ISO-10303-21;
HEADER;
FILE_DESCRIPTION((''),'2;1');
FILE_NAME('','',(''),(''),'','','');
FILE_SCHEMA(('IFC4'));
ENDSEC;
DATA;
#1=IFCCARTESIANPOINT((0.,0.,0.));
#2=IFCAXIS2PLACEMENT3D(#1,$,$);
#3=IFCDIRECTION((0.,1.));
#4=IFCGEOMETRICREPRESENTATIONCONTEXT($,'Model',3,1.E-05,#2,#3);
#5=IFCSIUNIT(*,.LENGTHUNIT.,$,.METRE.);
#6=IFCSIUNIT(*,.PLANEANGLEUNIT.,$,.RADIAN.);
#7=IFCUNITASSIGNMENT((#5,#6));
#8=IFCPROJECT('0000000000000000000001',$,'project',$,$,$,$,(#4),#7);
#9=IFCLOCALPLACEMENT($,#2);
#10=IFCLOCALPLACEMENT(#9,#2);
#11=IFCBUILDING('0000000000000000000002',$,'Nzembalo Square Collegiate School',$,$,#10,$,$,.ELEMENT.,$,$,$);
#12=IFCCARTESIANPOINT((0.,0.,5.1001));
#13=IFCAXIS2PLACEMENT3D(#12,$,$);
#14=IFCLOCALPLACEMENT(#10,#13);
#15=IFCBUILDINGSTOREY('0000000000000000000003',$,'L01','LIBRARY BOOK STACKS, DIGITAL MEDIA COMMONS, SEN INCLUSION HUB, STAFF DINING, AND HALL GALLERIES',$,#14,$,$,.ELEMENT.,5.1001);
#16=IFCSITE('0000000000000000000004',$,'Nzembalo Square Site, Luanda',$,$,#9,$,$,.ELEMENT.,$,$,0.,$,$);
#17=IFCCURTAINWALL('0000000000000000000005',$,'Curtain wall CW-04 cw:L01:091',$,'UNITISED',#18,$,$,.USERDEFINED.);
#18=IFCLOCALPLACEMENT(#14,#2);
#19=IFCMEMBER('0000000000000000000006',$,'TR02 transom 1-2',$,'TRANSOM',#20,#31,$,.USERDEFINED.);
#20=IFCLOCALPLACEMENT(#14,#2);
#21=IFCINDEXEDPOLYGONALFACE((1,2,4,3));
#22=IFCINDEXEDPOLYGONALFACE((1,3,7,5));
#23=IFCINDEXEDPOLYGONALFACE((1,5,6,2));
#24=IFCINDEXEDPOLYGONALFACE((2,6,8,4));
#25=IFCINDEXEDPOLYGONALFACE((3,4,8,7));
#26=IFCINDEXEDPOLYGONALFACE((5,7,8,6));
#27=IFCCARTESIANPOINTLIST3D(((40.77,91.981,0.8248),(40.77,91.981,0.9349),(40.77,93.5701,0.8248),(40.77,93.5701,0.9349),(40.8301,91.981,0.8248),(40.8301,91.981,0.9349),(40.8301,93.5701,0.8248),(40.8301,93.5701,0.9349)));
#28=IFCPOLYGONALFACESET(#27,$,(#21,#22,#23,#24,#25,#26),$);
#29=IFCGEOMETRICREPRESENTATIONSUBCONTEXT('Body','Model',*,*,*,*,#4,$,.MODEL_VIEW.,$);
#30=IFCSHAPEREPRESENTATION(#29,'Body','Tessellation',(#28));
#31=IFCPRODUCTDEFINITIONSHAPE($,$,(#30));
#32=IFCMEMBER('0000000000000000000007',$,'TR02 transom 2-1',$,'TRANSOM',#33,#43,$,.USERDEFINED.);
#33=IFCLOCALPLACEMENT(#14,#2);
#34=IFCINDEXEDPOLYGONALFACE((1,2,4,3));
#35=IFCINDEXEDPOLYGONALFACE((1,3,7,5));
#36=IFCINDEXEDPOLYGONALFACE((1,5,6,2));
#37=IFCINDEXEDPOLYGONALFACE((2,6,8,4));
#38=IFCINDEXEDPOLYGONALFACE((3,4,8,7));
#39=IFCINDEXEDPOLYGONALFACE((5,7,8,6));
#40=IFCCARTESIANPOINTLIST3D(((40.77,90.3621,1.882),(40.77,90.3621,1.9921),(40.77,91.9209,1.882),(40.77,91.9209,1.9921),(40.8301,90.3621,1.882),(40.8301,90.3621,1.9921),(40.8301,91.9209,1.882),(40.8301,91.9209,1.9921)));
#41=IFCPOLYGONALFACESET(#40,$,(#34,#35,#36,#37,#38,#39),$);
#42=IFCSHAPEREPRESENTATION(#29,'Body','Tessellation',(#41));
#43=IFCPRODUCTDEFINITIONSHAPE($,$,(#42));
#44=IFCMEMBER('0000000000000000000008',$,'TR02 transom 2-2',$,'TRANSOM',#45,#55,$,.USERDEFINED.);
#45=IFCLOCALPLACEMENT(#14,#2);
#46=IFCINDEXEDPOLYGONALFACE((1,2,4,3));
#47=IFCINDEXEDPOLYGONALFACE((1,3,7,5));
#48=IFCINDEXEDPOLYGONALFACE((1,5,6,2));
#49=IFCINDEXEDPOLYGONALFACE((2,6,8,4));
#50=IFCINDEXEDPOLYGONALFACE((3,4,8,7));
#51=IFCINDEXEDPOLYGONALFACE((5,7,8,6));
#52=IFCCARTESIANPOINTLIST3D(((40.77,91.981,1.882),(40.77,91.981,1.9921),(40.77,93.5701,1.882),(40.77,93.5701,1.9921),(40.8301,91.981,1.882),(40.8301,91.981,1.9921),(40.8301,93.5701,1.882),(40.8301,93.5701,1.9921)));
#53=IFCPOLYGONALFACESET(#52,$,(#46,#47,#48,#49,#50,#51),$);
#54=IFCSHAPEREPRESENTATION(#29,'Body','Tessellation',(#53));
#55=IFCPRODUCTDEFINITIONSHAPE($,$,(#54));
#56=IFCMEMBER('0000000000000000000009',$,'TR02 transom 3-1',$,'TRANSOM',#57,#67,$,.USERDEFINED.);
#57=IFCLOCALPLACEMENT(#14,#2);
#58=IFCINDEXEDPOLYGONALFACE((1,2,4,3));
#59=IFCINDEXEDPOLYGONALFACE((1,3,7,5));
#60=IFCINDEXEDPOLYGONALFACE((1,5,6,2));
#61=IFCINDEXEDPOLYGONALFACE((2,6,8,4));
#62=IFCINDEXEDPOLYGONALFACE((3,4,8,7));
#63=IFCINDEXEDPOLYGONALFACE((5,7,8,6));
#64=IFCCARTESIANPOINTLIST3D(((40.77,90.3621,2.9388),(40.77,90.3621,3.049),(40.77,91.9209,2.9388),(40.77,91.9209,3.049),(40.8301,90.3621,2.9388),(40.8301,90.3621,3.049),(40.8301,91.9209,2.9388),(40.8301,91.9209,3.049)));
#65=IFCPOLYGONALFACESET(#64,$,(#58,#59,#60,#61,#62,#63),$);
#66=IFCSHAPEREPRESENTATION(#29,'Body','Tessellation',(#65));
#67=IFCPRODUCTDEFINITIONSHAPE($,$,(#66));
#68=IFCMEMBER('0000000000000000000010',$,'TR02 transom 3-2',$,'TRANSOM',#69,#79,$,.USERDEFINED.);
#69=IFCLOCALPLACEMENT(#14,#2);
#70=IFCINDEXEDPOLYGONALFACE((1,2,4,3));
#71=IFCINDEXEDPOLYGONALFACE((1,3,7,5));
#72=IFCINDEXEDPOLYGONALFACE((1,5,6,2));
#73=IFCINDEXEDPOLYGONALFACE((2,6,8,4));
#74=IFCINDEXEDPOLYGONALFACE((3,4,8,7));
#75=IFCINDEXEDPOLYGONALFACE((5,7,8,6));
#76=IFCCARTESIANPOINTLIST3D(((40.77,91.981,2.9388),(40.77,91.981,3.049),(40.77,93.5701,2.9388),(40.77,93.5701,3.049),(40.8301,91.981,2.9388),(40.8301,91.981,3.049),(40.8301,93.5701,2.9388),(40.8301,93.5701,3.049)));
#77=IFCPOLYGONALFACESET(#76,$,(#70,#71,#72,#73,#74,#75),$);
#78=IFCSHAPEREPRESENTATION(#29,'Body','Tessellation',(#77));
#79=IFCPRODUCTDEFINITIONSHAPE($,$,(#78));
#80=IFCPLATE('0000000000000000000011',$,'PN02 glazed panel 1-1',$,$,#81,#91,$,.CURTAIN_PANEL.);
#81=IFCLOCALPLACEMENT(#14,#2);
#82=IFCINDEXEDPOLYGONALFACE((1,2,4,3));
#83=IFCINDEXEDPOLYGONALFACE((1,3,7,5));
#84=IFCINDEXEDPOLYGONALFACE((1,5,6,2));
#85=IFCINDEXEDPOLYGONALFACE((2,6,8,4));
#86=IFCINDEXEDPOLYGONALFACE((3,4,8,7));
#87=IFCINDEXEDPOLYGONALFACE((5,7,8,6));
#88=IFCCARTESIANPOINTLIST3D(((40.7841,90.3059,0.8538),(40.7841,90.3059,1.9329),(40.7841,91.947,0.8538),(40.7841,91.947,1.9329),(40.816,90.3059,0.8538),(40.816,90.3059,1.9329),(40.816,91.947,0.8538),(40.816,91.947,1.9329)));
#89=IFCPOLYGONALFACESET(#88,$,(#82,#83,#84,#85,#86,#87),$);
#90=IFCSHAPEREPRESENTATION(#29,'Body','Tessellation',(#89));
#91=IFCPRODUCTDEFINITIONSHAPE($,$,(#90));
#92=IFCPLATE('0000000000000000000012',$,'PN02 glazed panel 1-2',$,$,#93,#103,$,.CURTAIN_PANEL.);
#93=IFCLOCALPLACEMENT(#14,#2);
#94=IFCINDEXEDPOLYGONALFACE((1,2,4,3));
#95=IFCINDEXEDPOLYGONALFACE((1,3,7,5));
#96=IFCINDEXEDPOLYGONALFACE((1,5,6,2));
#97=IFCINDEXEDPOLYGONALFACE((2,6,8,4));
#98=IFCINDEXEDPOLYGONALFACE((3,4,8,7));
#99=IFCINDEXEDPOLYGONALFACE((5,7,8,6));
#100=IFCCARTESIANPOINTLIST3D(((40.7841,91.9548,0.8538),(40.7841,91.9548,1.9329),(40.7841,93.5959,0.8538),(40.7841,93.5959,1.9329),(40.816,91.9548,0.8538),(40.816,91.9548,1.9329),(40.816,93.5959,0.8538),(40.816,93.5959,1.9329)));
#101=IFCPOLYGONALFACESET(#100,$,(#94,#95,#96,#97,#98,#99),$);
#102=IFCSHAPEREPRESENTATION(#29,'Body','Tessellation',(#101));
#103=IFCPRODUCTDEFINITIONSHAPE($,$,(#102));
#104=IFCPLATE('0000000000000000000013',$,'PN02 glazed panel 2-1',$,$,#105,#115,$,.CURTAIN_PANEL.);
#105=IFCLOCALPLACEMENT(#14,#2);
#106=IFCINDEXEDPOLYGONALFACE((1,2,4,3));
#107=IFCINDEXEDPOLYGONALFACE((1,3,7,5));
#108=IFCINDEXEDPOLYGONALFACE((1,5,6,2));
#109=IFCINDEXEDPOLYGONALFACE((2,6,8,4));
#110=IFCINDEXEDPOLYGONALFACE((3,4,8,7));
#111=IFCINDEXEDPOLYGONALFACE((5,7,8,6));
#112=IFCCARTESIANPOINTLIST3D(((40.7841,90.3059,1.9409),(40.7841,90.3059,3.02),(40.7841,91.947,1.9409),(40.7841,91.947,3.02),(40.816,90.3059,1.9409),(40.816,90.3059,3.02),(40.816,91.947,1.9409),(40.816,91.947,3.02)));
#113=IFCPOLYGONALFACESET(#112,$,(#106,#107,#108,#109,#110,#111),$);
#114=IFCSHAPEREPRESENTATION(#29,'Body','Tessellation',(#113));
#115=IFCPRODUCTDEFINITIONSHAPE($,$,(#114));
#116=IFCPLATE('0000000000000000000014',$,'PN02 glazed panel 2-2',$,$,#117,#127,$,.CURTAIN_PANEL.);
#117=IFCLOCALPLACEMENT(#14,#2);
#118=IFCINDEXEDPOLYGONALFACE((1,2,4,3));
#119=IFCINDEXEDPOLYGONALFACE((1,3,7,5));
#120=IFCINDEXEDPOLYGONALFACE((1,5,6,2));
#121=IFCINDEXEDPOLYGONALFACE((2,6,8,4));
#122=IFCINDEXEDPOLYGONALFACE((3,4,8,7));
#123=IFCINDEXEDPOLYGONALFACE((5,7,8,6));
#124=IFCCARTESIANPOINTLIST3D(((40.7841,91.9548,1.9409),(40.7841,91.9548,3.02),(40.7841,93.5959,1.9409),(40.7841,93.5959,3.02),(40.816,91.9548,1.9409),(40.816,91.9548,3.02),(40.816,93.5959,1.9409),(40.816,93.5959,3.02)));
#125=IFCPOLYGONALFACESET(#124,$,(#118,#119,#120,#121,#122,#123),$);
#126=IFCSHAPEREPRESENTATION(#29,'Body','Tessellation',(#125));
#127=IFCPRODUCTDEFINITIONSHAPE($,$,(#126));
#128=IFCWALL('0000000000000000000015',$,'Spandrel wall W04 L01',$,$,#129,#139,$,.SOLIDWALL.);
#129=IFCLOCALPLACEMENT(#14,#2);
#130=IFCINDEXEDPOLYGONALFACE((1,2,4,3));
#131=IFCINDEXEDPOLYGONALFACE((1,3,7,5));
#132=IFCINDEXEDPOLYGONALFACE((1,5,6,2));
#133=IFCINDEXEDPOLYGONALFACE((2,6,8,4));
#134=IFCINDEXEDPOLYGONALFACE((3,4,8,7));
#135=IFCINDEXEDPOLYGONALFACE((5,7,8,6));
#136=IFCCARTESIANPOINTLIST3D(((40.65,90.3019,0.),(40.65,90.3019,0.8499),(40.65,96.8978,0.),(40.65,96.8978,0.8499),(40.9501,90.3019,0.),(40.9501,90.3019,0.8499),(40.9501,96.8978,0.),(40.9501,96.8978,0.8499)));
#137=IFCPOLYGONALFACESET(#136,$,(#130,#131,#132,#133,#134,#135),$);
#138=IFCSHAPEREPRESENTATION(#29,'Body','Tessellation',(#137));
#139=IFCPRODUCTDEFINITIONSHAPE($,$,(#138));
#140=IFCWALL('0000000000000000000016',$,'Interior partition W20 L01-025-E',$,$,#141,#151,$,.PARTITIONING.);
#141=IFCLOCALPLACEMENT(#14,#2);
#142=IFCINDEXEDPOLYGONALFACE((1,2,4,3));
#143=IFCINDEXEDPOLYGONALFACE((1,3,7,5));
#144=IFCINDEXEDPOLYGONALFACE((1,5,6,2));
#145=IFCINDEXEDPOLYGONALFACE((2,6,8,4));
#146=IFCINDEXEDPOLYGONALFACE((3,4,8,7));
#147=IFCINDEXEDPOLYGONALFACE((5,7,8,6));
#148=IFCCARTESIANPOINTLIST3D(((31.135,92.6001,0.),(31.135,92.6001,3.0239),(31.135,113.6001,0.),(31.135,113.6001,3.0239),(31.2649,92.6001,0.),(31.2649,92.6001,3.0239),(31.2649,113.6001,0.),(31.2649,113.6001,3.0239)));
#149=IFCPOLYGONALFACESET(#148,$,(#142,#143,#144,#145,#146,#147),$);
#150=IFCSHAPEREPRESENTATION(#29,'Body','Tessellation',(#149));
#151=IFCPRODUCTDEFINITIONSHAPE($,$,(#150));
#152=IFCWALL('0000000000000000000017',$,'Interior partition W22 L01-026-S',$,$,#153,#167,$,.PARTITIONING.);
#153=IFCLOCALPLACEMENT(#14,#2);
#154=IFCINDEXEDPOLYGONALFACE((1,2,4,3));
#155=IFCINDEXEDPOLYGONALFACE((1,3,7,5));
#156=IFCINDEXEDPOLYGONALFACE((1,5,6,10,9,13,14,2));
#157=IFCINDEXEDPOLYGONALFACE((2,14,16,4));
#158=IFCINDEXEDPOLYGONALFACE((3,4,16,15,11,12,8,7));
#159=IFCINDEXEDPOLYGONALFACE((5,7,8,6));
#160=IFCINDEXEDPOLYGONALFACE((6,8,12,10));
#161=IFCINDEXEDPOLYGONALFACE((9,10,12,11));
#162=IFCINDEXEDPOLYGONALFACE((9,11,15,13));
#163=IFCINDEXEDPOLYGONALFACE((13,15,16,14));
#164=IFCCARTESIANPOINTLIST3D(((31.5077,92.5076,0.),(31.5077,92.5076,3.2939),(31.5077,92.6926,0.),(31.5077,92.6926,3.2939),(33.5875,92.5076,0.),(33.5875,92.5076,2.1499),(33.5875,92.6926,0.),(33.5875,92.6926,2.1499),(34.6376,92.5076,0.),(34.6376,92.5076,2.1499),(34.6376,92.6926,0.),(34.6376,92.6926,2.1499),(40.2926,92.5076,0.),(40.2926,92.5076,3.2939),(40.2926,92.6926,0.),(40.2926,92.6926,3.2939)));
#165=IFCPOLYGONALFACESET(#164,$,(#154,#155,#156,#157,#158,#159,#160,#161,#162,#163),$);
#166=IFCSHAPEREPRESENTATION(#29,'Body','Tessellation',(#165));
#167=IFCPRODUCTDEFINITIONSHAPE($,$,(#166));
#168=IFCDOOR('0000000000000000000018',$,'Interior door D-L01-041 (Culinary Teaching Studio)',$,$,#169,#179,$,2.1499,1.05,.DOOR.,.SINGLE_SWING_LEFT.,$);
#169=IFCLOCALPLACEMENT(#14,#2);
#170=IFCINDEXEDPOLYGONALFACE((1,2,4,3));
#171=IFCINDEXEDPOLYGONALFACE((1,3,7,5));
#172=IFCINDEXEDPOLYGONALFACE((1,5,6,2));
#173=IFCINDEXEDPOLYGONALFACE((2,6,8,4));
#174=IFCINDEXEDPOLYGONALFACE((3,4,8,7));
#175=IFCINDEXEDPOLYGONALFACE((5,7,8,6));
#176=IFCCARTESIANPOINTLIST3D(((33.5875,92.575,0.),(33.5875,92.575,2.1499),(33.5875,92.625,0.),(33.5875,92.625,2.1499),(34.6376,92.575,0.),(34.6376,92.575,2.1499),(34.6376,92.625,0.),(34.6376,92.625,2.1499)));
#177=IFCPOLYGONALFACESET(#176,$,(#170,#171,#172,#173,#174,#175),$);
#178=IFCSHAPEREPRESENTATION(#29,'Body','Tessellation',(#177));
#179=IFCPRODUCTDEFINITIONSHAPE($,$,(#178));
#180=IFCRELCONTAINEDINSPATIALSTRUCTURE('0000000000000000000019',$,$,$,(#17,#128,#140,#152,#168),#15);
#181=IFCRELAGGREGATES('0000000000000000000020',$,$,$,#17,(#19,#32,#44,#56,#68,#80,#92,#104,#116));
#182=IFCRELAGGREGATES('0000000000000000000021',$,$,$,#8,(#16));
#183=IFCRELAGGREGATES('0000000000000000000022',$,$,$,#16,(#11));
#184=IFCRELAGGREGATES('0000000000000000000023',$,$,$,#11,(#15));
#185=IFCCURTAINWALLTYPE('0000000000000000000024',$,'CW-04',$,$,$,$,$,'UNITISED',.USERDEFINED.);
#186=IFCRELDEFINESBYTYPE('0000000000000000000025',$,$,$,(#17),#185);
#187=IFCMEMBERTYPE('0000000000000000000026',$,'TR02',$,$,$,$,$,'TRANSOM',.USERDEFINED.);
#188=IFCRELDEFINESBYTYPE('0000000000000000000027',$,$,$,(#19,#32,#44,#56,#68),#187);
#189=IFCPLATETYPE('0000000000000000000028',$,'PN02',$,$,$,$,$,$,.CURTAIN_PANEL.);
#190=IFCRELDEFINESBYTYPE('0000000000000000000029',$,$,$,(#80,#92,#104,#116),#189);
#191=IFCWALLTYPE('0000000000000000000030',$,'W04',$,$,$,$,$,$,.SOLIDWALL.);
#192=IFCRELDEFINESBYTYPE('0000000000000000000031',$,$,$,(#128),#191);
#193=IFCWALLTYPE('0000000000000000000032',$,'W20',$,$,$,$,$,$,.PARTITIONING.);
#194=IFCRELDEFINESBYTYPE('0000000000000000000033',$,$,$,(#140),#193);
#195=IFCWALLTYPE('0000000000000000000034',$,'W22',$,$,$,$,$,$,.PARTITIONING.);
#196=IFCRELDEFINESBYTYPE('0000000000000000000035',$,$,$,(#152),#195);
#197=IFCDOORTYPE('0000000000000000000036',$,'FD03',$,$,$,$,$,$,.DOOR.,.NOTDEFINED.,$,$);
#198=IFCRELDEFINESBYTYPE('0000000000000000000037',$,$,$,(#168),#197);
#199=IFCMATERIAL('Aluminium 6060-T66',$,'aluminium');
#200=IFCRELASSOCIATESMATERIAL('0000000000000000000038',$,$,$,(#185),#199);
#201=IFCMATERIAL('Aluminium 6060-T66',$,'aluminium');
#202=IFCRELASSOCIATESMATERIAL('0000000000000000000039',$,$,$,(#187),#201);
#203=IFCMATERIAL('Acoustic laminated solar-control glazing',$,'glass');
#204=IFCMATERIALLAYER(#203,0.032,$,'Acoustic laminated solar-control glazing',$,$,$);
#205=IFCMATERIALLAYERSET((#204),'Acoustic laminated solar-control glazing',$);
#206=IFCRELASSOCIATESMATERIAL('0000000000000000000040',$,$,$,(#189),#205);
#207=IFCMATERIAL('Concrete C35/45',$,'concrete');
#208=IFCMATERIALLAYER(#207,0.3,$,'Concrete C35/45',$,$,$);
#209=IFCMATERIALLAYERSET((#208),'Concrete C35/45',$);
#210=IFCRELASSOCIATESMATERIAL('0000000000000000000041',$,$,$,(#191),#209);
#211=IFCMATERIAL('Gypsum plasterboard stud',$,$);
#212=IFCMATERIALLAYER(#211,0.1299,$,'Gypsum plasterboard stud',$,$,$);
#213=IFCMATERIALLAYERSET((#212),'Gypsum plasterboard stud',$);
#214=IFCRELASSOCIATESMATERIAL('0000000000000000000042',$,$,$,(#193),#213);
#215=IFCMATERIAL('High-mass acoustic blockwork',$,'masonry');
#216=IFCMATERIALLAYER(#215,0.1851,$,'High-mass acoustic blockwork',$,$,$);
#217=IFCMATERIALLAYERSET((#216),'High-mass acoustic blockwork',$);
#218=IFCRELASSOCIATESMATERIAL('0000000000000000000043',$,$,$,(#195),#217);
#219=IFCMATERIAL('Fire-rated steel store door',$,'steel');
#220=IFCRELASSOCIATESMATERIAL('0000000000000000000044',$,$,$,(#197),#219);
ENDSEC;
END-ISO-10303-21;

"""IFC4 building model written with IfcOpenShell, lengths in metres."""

from ifc_helpers import new_model, si_unit, direction, frame, frame_2d, origin, origin_2d, place, context, subcontext, project, spatial, rectangle, extrude, material, layer, layer_set, material_profile, profile_set, type_object, element, fill, aggregate, save


model = new_model("IFC4")

# Units and contexts
model_context = context("Model", 3, precision=1e-05, world=origin(), true_north=direction((0.0, 1.0)))
body_context = subcontext(model_context, "Body", "Model", "MODEL_VIEW")
ifc_project = project(units=[si_unit("LENGTHUNIT", "METRE"), si_unit("PLANEANGLEUNIT", "RADIAN")], contexts=[model_context])

# Site, building, storey
site_placement = place(None, origin())
site = spatial("IfcSite", under=ifc_project, at=site_placement, Name="Nzembalo Square Site, Luanda", CompositionType="ELEMENT", RefElevation=0.0)
building_placement = place(site_placement, origin())
building = spatial("IfcBuilding", under=site, at=building_placement, Name="Nzembalo Square Collegiate School", CompositionType="ELEMENT")
storey_placement = place(building_placement, frame((0.0, 0.0, 5.1001)))
storey = spatial("IfcBuildingStorey", under=building, at=storey_placement, Name="L01", Description="LIBRARY BOOK STACKS, DIGITAL MEDIA COMMONS, SEN INCLUSION HUB, STAFF DINING, AND HALL GALLERIES", CompositionType="ELEMENT", Elevation=5.1001)

# Curtain wall, members, plates
ifc_material_1 = material(Name="Aluminium 6060-T66", Category="aluminium")
curtain_wall_type = type_object("IfcCurtainWallType", Name="CW-04", ElementType="UNITISED", PredefinedType="USERDEFINED", material=ifc_material_1)
curtain_wall_placement = place(storey_placement, origin())
curtain_wall = element("IfcCurtainWall", 1, at=curtain_wall_placement, inside=storey, type_object=curtain_wall_type, Name="Curtain wall CW-04 cw:L01:091", ObjectType="UNITISED", PredefinedType="USERDEFINED")
ifc_material_2 = material(Name="Aluminium 6060-T66", Category="aluminium")
ifc_material_profile_1 = material_profile(ifc_material_2, rectangle(XDim=0.0601, YDim=0.1101, at=origin_2d()), Name="ALU T60x110")
ifc_profile_set_1 = profile_set([ifc_material_profile_1], Name="Aluminium 6060-T66")
member_type_1 = type_object("IfcMemberType", Name="TR02", ElementType="TRANSOM", PredefinedType="USERDEFINED", material=ifc_profile_set_1)
member_1_placement = place(storey_placement, frame((40.8, 91.981, 0.8799), z_axis=(0.0, 1.0, 0.0), x_axis=(-1.0, 0.0, 0.0)))
member_1 = element("IfcMember", 2, at=member_1_placement, type_object=member_type_1, Name="TR02 transom 1-2", ObjectType="TRANSOM", PredefinedType="USERDEFINED", context=body_context, shape_type="SweptSolid", body=[
    extrude(rectangle(XDim=0.0601, YDim=0.1101, at=origin_2d()), origin(), (0.0, 0.0, 1.0), 1.5891),
])
member_2_placement = place(storey_placement, frame((40.8, 90.3621, 1.937), z_axis=(0.0, 1.0, 0.0), x_axis=(-1.0, 0.0, 0.0)))
member_2 = element("IfcMember", 3, at=member_2_placement, type_object=member_type_1, Name="TR02 transom 2-1", ObjectType="TRANSOM", PredefinedType="USERDEFINED", context=body_context, shape_type="SweptSolid", body=[
    extrude(rectangle(XDim=0.0601, YDim=0.1101, at=origin_2d()), origin(), (0.0, 0.0, 1.0), 1.5588),
])
member_3_placement = place(storey_placement, frame((40.8, 91.981, 1.937), z_axis=(0.0, 1.0, 0.0), x_axis=(-1.0, 0.0, 0.0)))
member_3 = element("IfcMember", 4, at=member_3_placement, type_object=member_type_1, Name="TR02 transom 2-2", ObjectType="TRANSOM", PredefinedType="USERDEFINED", context=body_context, shape_type="SweptSolid", body=[
    extrude(rectangle(XDim=0.0601, YDim=0.1101, at=origin_2d()), origin(), (0.0, 0.0, 1.0), 1.5891),
])
member_4_placement = place(storey_placement, frame((40.8, 90.3621, 2.9939), z_axis=(0.0, 1.0, 0.0), x_axis=(-1.0, 0.0, 0.0)))
member_4 = element("IfcMember", 5, at=member_4_placement, type_object=member_type_1, Name="TR02 transom 3-1", ObjectType="TRANSOM", PredefinedType="USERDEFINED", context=body_context, shape_type="SweptSolid", body=[
    extrude(rectangle(XDim=0.0601, YDim=0.1101, at=origin_2d()), origin(), (0.0, 0.0, 1.0), 1.5588),
])
member_5_placement = place(storey_placement, frame((40.8, 91.981, 2.9939), z_axis=(0.0, 1.0, 0.0), x_axis=(-1.0, 0.0, 0.0)))
member_5 = element("IfcMember", 6, at=member_5_placement, type_object=member_type_1, Name="TR02 transom 3-2", ObjectType="TRANSOM", PredefinedType="USERDEFINED", context=body_context, shape_type="SweptSolid", body=[
    extrude(rectangle(XDim=0.0601, YDim=0.1101, at=origin_2d()), origin(), (0.0, 0.0, 1.0), 1.5891),
])
ifc_material_3 = material(Name="Acoustic laminated solar-control glazing", Category="glass")
ifc_layer_1 = layer(ifc_material_3, 0.032, Name="Acoustic laminated solar-control glazing")
ifc_layer_set_1 = layer_set([ifc_layer_1], Name="Acoustic laminated solar-control glazing")
plate_type = type_object("IfcPlateType", Name="PN02", PredefinedType="CURTAIN_PANEL", material=ifc_layer_set_1)
plate_1_placement = place(storey_placement, frame((40.8, 91.1265, 0.8538), z_axis=(0.0, 0.0, 1.0), x_axis=(0.0, 1.0, 0.0)))
plate_1 = element("IfcPlate", 7, at=plate_1_placement, type_object=plate_type, Name="PN02 glazed panel 1-1", PredefinedType="CURTAIN_PANEL", context=body_context, shape_type="SweptSolid", body=[
    extrude(rectangle(XDim=1.6411, YDim=0.032, at=origin_2d()), origin(), (0.0, 0.0, 1.0), 1.0791),
])
plate_2_placement = place(storey_placement, frame((40.8, 92.7754, 0.8538), z_axis=(0.0, 0.0, 1.0), x_axis=(0.0, 1.0, 0.0)))
plate_2 = element("IfcPlate", 8, at=plate_2_placement, type_object=plate_type, Name="PN02 glazed panel 1-2", PredefinedType="CURTAIN_PANEL", context=body_context, shape_type="SweptSolid", body=[
    extrude(rectangle(XDim=1.6411, YDim=0.032, at=origin_2d()), origin(), (0.0, 0.0, 1.0), 1.0791),
])
plate_3_placement = place(storey_placement, frame((40.8, 91.1265, 1.9409), z_axis=(0.0, 0.0, 1.0), x_axis=(0.0, 1.0, 0.0)))
plate_3 = element("IfcPlate", 9, at=plate_3_placement, type_object=plate_type, Name="PN02 glazed panel 2-1", PredefinedType="CURTAIN_PANEL", context=body_context, shape_type="SweptSolid", body=[
    extrude(rectangle(XDim=1.6411, YDim=0.032, at=origin_2d()), origin(), (0.0, 0.0, 1.0), 1.0791),
])
plate_4_placement = place(storey_placement, frame((40.8, 92.7754, 1.9409), z_axis=(0.0, 0.0, 1.0), x_axis=(0.0, 1.0, 0.0)))
plate_4 = element("IfcPlate", 10, at=plate_4_placement, type_object=plate_type, Name="PN02 glazed panel 2-2", PredefinedType="CURTAIN_PANEL", context=body_context, shape_type="SweptSolid", body=[
    extrude(rectangle(XDim=1.6411, YDim=0.032, at=origin_2d()), origin(), (0.0, 0.0, 1.0), 1.0791),
])
aggregate(curtain_wall, [member_1, member_2, member_3, member_4, member_5, plate_1, plate_2, plate_3, plate_4])

# Walls
ifc_material_4 = material(Name="Concrete C35/45", Category="concrete")
ifc_layer_2 = layer(ifc_material_4, 0.3, Name="Concrete C35/45")
ifc_layer_set_2 = layer_set([ifc_layer_2], Name="Concrete C35/45")
wall_type_1 = type_object("IfcWallType", Name="W04", PredefinedType="SOLIDWALL", material=ifc_layer_set_2)
wall_1_placement = place(storey_placement, frame((40.8, 90.302, 0.0), z_axis=(0.0, 0.0, 1.0), x_axis=(0.0, 1.0, 0.0)))
element("IfcWall", 11, at=wall_1_placement, inside=storey, type_object=wall_type_1, Name="Spandrel wall W04 L01", PredefinedType="SOLIDWALL", context=body_context, shape_type="SweptSolid", body=[
    extrude(rectangle(XDim=6.5959, YDim=0.3, at=frame_2d((3.2979, 0.0))), origin(), (0.0, 0.0, 1.0), 0.8499),
])
ifc_material_5 = material(Name="Gypsum plasterboard stud")
ifc_layer_3 = layer(ifc_material_5, 0.1299, Name="Gypsum plasterboard stud")
ifc_layer_set_3 = layer_set([ifc_layer_3], Name="Gypsum plasterboard stud")
wall_type_2 = type_object("IfcWallType", Name="W20", PredefinedType="PARTITIONING", material=ifc_layer_set_3)
wall_2_placement = place(storey_placement, frame((31.2, 92.6001, 0.0), z_axis=(0.0, 0.0, 1.0), x_axis=(0.0, 1.0, 0.0)))
element("IfcWall", 12, at=wall_2_placement, inside=storey, type_object=wall_type_2, Name="Interior partition W20 L01-025-E", PredefinedType="PARTITIONING", context=body_context, shape_type="SweptSolid", body=[
    extrude(rectangle(XDim=21.0, YDim=0.1299, at=frame_2d((10.5, 0.0))), origin(), (0.0, 0.0, 1.0), 3.0239),
])

# Wall, opening, door
ifc_material_6 = material(Name="High-mass acoustic blockwork", Category="masonry")
ifc_layer_4 = layer(ifc_material_6, 0.1851, Name="High-mass acoustic blockwork")
ifc_layer_set_4 = layer_set([ifc_layer_4], Name="High-mass acoustic blockwork")
wall_type_3 = type_object("IfcWallType", Name="W22", PredefinedType="PARTITIONING", material=ifc_layer_set_4)
wall_3_placement = place(storey_placement, frame((31.5076, 92.6001, 0.0), z_axis=(0.0, 0.0, 1.0), x_axis=(1.0, 0.0, 0.0)))
wall_3 = element("IfcWall", 13, at=wall_3_placement, inside=storey, type_object=wall_type_3, Name="Interior partition W22 L01-026-S", PredefinedType="PARTITIONING", context=body_context, shape_type="SweptSolid", body=[
    extrude(rectangle(XDim=8.7849, YDim=0.1851, at=frame_2d((4.3926, 0.0))), origin(), (0.0, 0.0, 1.0), 3.2939),
])
opening_placement = place(wall_3_placement, frame((2.0801, 0.0, 0.0)))
opening = element("IfcOpeningElement", 14, at=opening_placement, cuts=wall_3, PredefinedType="OPENING", context=body_context, shape_type="SweptSolid", body=[
    extrude(rectangle(XDim=1.05, YDim=2.1499, at=frame_2d((0.5249, 1.075))), frame((0.0, 0.1025, 0.0), z_axis=(0.0, -1.0, 0.0), x_axis=(1.0, 0.0, 0.0)), (0.0, 0.0, 1.0), 0.2051),
])
ifc_material_7 = material(Name="Fire-rated steel store door", Category="steel")
door_type = type_object("IfcDoorType", Name="FD03", OperationType="NOTDEFINED", PredefinedType="DOOR", material=ifc_material_7)
door_placement = place(opening_placement, origin())
door = element("IfcDoor", 15, at=door_placement, inside=storey, type_object=door_type, Name="Interior door D-L01-041 (Culinary Teaching Studio)", OperationType="SINGLE_SWING_LEFT", OverallHeight=2.1499, OverallWidth=1.05, PredefinedType="DOOR", context=body_context, shape_type="SweptSolid", body=[
    extrude(rectangle(XDim=1.05, YDim=2.1499, at=frame_2d((0.5249, 1.075))), frame((0.0, 0.0249, 0.0), z_axis=(0.0, -1.0, 0.0), x_axis=(1.0, 0.0, 0.0)), (0.0, 0.0, 1.0), 0.05),
])
fill(opening, door)

save(model, "model.ifc")
